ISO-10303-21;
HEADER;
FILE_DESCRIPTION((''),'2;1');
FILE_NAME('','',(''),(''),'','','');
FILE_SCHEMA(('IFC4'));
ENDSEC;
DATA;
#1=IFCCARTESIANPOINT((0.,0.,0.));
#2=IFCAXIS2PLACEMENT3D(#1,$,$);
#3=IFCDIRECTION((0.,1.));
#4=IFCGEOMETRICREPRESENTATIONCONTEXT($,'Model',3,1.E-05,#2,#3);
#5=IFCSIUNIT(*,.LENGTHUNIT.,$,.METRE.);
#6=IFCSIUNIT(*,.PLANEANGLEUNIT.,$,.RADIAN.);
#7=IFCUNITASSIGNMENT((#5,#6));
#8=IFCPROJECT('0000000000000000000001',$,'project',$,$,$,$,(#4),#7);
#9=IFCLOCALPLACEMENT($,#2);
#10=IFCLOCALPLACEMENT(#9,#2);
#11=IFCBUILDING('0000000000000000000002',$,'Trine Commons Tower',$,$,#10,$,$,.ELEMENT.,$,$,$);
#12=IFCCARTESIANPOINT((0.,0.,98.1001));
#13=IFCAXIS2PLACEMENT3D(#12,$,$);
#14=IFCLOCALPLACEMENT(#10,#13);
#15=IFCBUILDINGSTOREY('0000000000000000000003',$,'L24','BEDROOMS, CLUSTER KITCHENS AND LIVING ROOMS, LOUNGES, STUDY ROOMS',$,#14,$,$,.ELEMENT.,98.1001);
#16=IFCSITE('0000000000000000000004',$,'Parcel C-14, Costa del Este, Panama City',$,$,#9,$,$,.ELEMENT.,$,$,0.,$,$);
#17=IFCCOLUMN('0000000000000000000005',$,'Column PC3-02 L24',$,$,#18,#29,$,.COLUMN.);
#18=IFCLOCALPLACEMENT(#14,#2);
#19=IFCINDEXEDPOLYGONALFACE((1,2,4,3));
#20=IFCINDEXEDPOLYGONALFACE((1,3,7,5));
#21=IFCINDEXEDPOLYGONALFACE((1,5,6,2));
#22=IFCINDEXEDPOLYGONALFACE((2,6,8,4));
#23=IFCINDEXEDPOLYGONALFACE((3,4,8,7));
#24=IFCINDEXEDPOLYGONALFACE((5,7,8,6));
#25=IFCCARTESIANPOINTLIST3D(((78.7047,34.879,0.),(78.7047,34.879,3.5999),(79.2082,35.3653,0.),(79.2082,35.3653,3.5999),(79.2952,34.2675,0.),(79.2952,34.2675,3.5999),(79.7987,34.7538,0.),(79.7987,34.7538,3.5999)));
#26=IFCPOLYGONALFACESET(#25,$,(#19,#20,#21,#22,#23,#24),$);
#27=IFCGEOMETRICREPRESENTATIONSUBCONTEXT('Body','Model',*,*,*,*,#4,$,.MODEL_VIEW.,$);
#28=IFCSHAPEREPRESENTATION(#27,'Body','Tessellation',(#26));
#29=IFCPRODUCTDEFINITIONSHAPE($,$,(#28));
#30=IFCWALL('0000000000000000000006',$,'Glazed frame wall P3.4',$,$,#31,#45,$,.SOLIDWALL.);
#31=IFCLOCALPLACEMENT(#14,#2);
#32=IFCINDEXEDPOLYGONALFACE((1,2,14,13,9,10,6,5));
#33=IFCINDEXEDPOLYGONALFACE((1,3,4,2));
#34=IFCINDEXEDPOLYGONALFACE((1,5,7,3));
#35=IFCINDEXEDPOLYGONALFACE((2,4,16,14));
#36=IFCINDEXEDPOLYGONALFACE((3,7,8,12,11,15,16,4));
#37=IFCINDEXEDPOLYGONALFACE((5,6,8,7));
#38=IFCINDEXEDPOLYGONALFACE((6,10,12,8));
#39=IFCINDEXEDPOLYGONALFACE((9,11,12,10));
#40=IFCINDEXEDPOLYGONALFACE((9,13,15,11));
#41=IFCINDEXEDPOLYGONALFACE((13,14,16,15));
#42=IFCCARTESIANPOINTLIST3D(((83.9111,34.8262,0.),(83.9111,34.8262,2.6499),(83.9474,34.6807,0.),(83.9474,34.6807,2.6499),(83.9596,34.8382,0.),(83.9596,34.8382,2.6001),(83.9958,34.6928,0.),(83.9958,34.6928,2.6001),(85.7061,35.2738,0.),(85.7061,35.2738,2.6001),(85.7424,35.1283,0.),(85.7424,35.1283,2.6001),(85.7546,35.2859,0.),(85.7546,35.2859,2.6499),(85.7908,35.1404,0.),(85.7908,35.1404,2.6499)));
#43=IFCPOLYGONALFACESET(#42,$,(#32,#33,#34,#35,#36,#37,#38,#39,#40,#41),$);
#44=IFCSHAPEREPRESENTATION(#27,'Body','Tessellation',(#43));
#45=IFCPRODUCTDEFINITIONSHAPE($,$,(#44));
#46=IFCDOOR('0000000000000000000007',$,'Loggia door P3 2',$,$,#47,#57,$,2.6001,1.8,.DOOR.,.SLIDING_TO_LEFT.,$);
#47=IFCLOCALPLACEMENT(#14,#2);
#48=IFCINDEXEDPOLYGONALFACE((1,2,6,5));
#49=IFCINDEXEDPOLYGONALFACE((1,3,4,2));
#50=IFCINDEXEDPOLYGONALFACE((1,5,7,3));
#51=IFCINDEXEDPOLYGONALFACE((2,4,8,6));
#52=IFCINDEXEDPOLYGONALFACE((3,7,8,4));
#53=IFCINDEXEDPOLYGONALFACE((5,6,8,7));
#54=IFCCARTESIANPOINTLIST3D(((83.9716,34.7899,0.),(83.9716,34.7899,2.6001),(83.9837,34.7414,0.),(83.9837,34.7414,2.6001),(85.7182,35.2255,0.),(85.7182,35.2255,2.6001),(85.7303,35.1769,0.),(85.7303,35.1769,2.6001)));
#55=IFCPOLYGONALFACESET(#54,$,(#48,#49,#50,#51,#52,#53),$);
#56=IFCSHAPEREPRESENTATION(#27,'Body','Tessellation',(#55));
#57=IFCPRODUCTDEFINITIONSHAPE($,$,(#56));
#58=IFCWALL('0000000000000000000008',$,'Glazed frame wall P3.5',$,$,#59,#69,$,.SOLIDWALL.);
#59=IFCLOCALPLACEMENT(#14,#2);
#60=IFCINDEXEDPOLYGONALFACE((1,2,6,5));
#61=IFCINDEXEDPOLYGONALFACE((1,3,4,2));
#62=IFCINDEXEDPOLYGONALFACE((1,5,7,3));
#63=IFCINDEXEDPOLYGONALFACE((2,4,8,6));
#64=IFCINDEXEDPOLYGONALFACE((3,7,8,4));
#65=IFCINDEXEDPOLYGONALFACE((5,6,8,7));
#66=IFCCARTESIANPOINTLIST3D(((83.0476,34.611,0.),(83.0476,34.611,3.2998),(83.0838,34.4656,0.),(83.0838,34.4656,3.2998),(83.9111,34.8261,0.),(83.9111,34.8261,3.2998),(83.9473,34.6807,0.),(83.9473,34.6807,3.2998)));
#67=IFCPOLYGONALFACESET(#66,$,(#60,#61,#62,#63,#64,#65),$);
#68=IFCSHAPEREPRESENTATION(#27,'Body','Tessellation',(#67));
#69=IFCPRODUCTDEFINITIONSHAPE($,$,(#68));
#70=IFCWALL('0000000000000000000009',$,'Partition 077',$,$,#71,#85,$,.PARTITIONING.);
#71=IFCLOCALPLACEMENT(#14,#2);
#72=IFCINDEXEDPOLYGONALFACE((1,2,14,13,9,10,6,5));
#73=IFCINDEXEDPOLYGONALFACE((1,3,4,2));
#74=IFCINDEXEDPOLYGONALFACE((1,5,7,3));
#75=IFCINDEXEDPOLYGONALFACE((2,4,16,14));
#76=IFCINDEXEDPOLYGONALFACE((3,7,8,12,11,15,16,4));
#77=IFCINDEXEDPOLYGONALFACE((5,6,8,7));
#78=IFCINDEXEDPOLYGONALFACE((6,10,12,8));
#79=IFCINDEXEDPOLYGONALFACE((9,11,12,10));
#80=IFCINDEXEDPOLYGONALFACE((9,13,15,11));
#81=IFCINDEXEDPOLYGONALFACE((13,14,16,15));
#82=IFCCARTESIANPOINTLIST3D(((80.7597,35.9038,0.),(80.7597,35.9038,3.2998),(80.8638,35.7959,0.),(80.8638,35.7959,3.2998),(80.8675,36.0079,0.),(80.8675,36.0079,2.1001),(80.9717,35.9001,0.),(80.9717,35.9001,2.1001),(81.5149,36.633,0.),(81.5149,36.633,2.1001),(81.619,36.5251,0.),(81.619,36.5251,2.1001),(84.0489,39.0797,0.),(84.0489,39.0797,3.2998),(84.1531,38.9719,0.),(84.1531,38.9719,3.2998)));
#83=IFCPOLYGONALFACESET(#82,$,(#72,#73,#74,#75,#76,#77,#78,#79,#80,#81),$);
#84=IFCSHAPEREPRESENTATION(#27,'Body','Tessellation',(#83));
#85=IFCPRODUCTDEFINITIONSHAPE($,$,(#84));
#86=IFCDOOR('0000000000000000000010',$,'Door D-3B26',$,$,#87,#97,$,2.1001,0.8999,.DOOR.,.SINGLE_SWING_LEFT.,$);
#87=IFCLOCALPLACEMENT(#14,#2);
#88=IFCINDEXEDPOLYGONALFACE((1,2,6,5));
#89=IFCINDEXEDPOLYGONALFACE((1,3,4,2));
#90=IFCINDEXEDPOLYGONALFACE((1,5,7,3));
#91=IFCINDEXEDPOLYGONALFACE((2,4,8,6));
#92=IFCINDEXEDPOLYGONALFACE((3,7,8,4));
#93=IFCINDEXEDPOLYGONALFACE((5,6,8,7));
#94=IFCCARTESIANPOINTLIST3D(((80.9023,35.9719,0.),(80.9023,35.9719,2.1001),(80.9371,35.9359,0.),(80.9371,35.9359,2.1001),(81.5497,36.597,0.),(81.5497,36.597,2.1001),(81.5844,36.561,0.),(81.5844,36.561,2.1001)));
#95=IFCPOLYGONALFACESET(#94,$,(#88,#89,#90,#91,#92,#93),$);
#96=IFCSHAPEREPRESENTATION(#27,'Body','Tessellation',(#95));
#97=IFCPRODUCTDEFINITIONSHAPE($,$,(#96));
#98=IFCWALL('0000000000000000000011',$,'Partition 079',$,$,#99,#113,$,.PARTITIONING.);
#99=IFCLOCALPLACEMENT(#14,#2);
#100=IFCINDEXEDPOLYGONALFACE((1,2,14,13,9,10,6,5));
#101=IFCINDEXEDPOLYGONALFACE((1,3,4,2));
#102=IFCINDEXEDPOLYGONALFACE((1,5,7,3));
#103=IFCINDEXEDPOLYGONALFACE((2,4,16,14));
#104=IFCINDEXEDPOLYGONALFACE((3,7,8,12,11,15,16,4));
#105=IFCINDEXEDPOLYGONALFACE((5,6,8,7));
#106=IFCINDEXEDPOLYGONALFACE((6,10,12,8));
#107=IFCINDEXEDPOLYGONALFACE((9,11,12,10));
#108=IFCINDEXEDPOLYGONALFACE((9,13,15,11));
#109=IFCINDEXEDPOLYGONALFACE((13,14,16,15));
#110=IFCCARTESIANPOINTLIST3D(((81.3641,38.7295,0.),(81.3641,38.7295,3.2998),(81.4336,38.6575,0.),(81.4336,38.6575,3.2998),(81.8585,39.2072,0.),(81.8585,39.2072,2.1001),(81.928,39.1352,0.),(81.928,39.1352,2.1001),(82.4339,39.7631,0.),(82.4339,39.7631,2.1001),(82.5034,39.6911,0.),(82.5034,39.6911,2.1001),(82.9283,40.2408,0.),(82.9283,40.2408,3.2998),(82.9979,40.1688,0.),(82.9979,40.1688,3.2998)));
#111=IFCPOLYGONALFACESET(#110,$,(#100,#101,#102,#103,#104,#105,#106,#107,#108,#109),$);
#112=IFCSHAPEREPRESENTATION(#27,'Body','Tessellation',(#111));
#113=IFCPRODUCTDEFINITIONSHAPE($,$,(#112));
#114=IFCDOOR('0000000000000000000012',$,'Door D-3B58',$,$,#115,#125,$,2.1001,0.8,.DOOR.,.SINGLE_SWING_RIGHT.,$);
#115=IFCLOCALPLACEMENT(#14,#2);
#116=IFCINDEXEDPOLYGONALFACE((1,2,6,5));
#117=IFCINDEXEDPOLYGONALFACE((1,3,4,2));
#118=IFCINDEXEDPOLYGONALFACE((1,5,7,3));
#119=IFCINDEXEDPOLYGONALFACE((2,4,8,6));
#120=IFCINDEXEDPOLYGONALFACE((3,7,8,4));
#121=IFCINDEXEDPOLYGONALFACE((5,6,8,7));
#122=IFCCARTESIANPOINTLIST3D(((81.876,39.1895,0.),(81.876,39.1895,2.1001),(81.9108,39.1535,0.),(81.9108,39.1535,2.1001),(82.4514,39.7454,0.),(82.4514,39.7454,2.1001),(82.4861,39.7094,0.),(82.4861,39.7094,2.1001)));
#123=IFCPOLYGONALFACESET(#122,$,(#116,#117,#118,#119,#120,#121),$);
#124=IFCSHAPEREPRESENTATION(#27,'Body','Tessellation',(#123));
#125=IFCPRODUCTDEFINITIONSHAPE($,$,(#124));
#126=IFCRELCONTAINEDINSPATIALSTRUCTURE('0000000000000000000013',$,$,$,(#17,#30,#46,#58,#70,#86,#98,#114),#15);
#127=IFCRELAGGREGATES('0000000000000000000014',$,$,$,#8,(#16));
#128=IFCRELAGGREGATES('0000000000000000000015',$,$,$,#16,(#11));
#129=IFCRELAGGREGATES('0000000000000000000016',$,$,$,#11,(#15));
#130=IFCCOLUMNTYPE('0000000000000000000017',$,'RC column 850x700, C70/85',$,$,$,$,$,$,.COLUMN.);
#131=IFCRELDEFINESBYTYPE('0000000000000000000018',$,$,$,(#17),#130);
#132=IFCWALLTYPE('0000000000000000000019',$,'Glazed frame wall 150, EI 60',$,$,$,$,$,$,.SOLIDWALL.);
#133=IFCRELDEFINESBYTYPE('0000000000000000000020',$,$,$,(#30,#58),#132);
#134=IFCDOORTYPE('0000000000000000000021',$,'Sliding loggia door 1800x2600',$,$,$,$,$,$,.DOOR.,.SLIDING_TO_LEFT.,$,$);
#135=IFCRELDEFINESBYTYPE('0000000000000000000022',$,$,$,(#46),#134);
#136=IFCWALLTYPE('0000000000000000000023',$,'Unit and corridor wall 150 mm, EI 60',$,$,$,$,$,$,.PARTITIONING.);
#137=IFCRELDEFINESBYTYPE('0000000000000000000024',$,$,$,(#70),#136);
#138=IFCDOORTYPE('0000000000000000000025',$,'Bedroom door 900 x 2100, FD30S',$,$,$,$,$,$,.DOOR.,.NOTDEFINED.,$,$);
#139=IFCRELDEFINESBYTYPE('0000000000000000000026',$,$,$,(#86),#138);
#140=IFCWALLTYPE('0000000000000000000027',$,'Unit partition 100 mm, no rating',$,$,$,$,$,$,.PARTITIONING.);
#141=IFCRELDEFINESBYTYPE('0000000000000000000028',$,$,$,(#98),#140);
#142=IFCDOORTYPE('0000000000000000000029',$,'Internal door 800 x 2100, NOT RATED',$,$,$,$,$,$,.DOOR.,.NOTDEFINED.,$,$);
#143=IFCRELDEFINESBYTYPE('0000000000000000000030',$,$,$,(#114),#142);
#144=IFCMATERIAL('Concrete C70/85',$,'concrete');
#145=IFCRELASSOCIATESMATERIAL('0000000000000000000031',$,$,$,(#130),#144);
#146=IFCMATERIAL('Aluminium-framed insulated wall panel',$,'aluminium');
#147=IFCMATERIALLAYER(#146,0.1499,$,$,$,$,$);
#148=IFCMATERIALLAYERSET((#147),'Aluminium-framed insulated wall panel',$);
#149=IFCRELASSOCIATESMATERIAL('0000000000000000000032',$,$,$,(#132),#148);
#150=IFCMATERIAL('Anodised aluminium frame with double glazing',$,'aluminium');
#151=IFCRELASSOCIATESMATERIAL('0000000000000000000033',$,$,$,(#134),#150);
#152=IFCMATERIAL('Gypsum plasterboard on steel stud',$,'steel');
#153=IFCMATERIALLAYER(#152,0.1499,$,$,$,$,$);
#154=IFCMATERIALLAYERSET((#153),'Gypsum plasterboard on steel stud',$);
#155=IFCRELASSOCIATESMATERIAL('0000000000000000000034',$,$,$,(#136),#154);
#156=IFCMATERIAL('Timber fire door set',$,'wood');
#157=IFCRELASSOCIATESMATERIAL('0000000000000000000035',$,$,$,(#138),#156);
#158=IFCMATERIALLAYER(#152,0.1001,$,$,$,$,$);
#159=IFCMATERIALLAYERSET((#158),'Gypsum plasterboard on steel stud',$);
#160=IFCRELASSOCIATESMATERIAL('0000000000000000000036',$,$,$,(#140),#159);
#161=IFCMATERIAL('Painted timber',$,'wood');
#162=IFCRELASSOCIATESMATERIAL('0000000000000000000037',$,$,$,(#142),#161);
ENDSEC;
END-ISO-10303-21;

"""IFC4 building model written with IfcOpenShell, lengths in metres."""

from ifc_helpers import new_model, si_unit, direction, frame, frame_2d, origin, origin_2d, place, context, subcontext, project, spatial, polyline, rectangle, outline, extrude, material, layer, layer_set, material_profile, profile_set, type_object, element, fill, save


model = new_model("IFC4")

# Units and contexts
model_context = context("Model", 3, precision=1e-05, world=origin(), true_north=direction((0.0, 1.0)))
body_context = subcontext(model_context, "Body", "Model", "MODEL_VIEW")
ifc_project = project(units=[si_unit("LENGTHUNIT", "METRE"), si_unit("PLANEANGLEUNIT", "RADIAN")], contexts=[model_context])

# Site, building, storey
site_placement = place(None, origin())
site = spatial("IfcSite", under=ifc_project, at=site_placement, Name="Parcel C-14, Costa del Este, Panama City", CompositionType="ELEMENT", RefElevation=0.0)
building_placement = place(site_placement, origin())
building = spatial("IfcBuilding", under=site, at=building_placement, Name="Trine Commons Tower", CompositionType="ELEMENT")
storey_placement = place(building_placement, frame((0.0, 0.0, 98.1001)))
storey = spatial("IfcBuildingStorey", under=building, at=storey_placement, Name="L24", Description="BEDROOMS, CLUSTER KITCHENS AND LIVING ROOMS, LOUNGES, STUDY ROOMS", CompositionType="ELEMENT", Elevation=98.1001)

# Column
ifc_material_1 = material(Name="Concrete C70/85", Category="concrete")
ifc_material_profile = material_profile(ifc_material_1, rectangle(XDim=0.8501, YDim=0.7, at=origin_2d()), Name="RC 850x700")
ifc_profile_set = profile_set([ifc_material_profile], Name="Concrete C70/85")
column_type = type_object("IfcColumnType", Name="RC column 850x700, C70/85", PredefinedType="COLUMN", material=ifc_profile_set)
column_placement = place(storey_placement, frame((79.2517, 34.8164, 0.0), z_axis=(0.0, 0.0, 1.0), x_axis=(-0.694658, 0.71934, 0.0)))
element("IfcColumn", 1, at=column_placement, inside=storey, type_object=column_type, Name="Column PC3-02 L24", PredefinedType="COLUMN", context=body_context, shape_type="SweptSolid", body=[
    extrude(rectangle(XDim=0.8501, YDim=0.7, at=origin_2d()), origin(), (0.0, 0.0, 1.0), 3.5999),
])

# Wall, opening, door
ifc_material_2 = material(Name="Aluminium-framed insulated wall panel", Category="aluminium")
ifc_layer_1 = layer(ifc_material_2, 0.1499)
ifc_layer_set_1 = layer_set([ifc_layer_1], Name="Aluminium-framed insulated wall panel")
wall_type_1 = type_object("IfcWallType", Name="Glazed frame wall 150, EI 60", PredefinedType="SOLIDWALL", material=ifc_layer_set_1)
wall_1_placement = place(storey_placement, frame((85.7727, 35.2131, 0.0), z_axis=(0.0, 0.0, 1.0), x_axis=(-0.970286, -0.241961, 0.0)))
wall_1 = element("IfcWall", 2, at=wall_1_placement, inside=storey, type_object=wall_type_1, Name="Glazed frame wall P3.4", PredefinedType="SOLIDWALL", context=body_context, shape_type="SweptSolid", body=[
    extrude(outline(polyline([(0.0, -0.075), (1.8999, -0.075), (1.8999, 0.075), (0.0, 0.075), (0.0, -0.075)])), origin(), (0.0, 0.0, 1.0), 2.6499),
])
opening_1_placement = place(wall_1_placement, frame((0.05, 0.0, 0.0)))
opening_1 = element("IfcOpeningElement", 3, at=opening_1_placement, cuts=wall_1, PredefinedType="OPENING", context=body_context, shape_type="SweptSolid", body=[
    extrude(rectangle(XDim=1.8, YDim=2.6001, at=frame_2d((0.8999, 1.3))), frame((0.0, 0.085, 0.0), z_axis=(0.0, -1.0, 0.0), x_axis=(1.0, 0.0, 0.0)), (0.0, 0.0, 1.0), 0.1699),
])
ifc_material_3 = material(Name="Anodised aluminium frame with double glazing", Category="aluminium")
door_type_1 = type_object("IfcDoorType", Name="Sliding loggia door 1800x2600", OperationType="SLIDING_TO_LEFT", PredefinedType="DOOR", material=ifc_material_3)
door_1_placement = place(opening_1_placement, origin())
door_1 = element("IfcDoor", 4, at=door_1_placement, inside=storey, type_object=door_type_1, Name="Loggia door P3 2", OperationType="SLIDING_TO_LEFT", OverallHeight=2.6001, OverallWidth=1.8, PredefinedType="DOOR", context=body_context, shape_type="SweptSolid", body=[
    extrude(rectangle(XDim=1.8, YDim=2.6001, at=frame_2d((0.8999, 1.3))), frame((0.0, 0.0249, 0.0), z_axis=(0.0, -1.0, 0.0), x_axis=(1.0, 0.0, 0.0)), (0.0, 0.0, 1.0), 0.05),
])
fill(opening_1, door_1)

# Wall
wall_2_placement = place(storey_placement, frame((83.9292, 34.7534, 0.0), z_axis=(0.0, 0.0, 1.0), x_axis=(-0.970343, -0.241731, 0.0)))
element("IfcWall", 5, at=wall_2_placement, inside=storey, type_object=wall_type_1, Name="Glazed frame wall P3.5", PredefinedType="SOLIDWALL", context=body_context, shape_type="SweptSolid", body=[
    extrude(outline(polyline([(0.8899, 0.075), (0.0, 0.075), (0.0, -0.075), (0.8899, -0.075), (0.8899, 0.075)])), origin(), (0.0, 0.0, 1.0), 3.2998),
])

# Walls, openings, doors
ifc_material_4 = material(Name="Gypsum plasterboard on steel stud", Category="steel")
ifc_layer_2 = layer(ifc_material_4, 0.1499)
ifc_layer_set_2 = layer_set([ifc_layer_2], Name="Gypsum plasterboard on steel stud")
wall_type_2 = type_object("IfcWallType", Name="Unit and corridor wall 150 mm, EI 60", PredefinedType="PARTITIONING", material=ifc_layer_set_2)
wall_3_placement = place(storey_placement, frame((80.8118, 35.8499, 0.0), z_axis=(0.0, 0.0, 1.0), x_axis=(0.719386, 0.694611, 0.0)))
wall_3 = element("IfcWall", 6, at=wall_3_placement, inside=storey, type_object=wall_type_2, Name="Partition 077", PredefinedType="PARTITIONING", context=body_context, shape_type="SweptSolid", body=[
    extrude(rectangle(XDim=4.5723, YDim=0.1499, at=frame_2d((2.2861, 0.0))), origin(), (0.0, 0.0, 1.0), 3.2998),
])
opening_2_placement = place(wall_3_placement, frame((0.1499, 0.0, 0.0)))
opening_2 = element("IfcOpeningElement", 7, at=opening_2_placement, cuts=wall_3, PredefinedType="OPENING", context=body_context, shape_type="SweptSolid", body=[
    extrude(rectangle(XDim=0.8999, YDim=2.1001, at=frame_2d((0.45, 1.05))), frame((0.0, 0.085, 0.0), z_axis=(0.0, -1.0, 0.0), x_axis=(1.0, 0.0, 0.0)), (0.0, 0.0, 1.0), 0.1699),
])
ifc_material_5 = material(Name="Timber fire door set", Category="wood")
door_type_2 = type_object("IfcDoorType", Name="Bedroom door 900 x 2100, FD30S", OperationType="NOTDEFINED", PredefinedType="DOOR", material=ifc_material_5)
door_2_placement = place(opening_2_placement, origin())
door_2 = element("IfcDoor", 8, at=door_2_placement, inside=storey, type_object=door_type_2, Name="Door D-3B26", OperationType="SINGLE_SWING_LEFT", OverallHeight=2.1001, OverallWidth=0.8999, PredefinedType="DOOR", context=body_context, shape_type="SweptSolid", body=[
    extrude(rectangle(XDim=0.8999, YDim=2.1001, at=frame_2d((0.45, 1.05))), frame((0.0, 0.0249, 0.0), z_axis=(0.0, -1.0, 0.0), x_axis=(1.0, 0.0, 0.0)), (0.0, 0.0, 1.0), 0.05),
])
fill(opening_2, door_2)
ifc_layer_3 = layer(ifc_material_4, 0.1001)
ifc_layer_set_3 = layer_set([ifc_layer_3], Name="Gypsum plasterboard on steel stud")
wall_type_3 = type_object("IfcWallType", Name="Unit partition 100 mm, no rating", PredefinedType="PARTITIONING", material=ifc_layer_set_3)
wall_4_placement = place(storey_placement, frame((81.3989, 38.6936, 0.0), z_axis=(0.0, 0.0, 1.0), x_axis=(0.719181, 0.694823, 0.0)))
wall_4 = element("IfcWall", 9, at=wall_4_placement, inside=storey, type_object=wall_type_3, Name="Partition 079", PredefinedType="PARTITIONING", context=body_context, shape_type="SweptSolid", body=[
    extrude(rectangle(XDim=2.175, YDim=0.1001, at=frame_2d((1.0874, 0.0))), origin(), (0.0, 0.0, 1.0), 3.2998),
])
opening_3_placement = place(wall_4_placement, frame((0.6875, 0.0, 0.0)))
opening_3 = element("IfcOpeningElement", 10, at=opening_3_placement, cuts=wall_4, PredefinedType="OPENING", context=body_context, shape_type="SweptSolid", body=[
    extrude(rectangle(XDim=0.8, YDim=2.1001, at=frame_2d((0.3999, 1.05))), frame((0.0, 0.0601, 0.0), z_axis=(0.0, -1.0, 0.0), x_axis=(1.0, 0.0, 0.0)), (0.0, 0.0, 1.0), 0.1201),
])
ifc_material_6 = material(Name="Painted timber", Category="wood")
door_type_3 = type_object("IfcDoorType", Name="Internal door 800 x 2100, NOT RATED", OperationType="NOTDEFINED", PredefinedType="DOOR", material=ifc_material_6)
door_3_placement = place(opening_3_placement, frame((0.8, 0.0, 0.0), z_axis=(0.0, 0.0, 1.0), x_axis=(-1.0, 0.0, 0.0)))
door_3 = element("IfcDoor", 11, at=door_3_placement, inside=storey, type_object=door_type_3, Name="Door D-3B58", OperationType="SINGLE_SWING_RIGHT", OverallHeight=2.1001, OverallWidth=0.8, PredefinedType="DOOR", context=body_context, shape_type="SweptSolid", body=[
    extrude(rectangle(XDim=0.8, YDim=2.1001, at=frame_2d((0.3999, 1.05))), frame((0.0, 0.0249, 0.0), z_axis=(0.0, -1.0, 0.0), x_axis=(1.0, 0.0, 0.0)), (0.0, 0.0, 1.0), 0.05),
])
fill(opening_3, door_3)

save(model, "model.ifc")
